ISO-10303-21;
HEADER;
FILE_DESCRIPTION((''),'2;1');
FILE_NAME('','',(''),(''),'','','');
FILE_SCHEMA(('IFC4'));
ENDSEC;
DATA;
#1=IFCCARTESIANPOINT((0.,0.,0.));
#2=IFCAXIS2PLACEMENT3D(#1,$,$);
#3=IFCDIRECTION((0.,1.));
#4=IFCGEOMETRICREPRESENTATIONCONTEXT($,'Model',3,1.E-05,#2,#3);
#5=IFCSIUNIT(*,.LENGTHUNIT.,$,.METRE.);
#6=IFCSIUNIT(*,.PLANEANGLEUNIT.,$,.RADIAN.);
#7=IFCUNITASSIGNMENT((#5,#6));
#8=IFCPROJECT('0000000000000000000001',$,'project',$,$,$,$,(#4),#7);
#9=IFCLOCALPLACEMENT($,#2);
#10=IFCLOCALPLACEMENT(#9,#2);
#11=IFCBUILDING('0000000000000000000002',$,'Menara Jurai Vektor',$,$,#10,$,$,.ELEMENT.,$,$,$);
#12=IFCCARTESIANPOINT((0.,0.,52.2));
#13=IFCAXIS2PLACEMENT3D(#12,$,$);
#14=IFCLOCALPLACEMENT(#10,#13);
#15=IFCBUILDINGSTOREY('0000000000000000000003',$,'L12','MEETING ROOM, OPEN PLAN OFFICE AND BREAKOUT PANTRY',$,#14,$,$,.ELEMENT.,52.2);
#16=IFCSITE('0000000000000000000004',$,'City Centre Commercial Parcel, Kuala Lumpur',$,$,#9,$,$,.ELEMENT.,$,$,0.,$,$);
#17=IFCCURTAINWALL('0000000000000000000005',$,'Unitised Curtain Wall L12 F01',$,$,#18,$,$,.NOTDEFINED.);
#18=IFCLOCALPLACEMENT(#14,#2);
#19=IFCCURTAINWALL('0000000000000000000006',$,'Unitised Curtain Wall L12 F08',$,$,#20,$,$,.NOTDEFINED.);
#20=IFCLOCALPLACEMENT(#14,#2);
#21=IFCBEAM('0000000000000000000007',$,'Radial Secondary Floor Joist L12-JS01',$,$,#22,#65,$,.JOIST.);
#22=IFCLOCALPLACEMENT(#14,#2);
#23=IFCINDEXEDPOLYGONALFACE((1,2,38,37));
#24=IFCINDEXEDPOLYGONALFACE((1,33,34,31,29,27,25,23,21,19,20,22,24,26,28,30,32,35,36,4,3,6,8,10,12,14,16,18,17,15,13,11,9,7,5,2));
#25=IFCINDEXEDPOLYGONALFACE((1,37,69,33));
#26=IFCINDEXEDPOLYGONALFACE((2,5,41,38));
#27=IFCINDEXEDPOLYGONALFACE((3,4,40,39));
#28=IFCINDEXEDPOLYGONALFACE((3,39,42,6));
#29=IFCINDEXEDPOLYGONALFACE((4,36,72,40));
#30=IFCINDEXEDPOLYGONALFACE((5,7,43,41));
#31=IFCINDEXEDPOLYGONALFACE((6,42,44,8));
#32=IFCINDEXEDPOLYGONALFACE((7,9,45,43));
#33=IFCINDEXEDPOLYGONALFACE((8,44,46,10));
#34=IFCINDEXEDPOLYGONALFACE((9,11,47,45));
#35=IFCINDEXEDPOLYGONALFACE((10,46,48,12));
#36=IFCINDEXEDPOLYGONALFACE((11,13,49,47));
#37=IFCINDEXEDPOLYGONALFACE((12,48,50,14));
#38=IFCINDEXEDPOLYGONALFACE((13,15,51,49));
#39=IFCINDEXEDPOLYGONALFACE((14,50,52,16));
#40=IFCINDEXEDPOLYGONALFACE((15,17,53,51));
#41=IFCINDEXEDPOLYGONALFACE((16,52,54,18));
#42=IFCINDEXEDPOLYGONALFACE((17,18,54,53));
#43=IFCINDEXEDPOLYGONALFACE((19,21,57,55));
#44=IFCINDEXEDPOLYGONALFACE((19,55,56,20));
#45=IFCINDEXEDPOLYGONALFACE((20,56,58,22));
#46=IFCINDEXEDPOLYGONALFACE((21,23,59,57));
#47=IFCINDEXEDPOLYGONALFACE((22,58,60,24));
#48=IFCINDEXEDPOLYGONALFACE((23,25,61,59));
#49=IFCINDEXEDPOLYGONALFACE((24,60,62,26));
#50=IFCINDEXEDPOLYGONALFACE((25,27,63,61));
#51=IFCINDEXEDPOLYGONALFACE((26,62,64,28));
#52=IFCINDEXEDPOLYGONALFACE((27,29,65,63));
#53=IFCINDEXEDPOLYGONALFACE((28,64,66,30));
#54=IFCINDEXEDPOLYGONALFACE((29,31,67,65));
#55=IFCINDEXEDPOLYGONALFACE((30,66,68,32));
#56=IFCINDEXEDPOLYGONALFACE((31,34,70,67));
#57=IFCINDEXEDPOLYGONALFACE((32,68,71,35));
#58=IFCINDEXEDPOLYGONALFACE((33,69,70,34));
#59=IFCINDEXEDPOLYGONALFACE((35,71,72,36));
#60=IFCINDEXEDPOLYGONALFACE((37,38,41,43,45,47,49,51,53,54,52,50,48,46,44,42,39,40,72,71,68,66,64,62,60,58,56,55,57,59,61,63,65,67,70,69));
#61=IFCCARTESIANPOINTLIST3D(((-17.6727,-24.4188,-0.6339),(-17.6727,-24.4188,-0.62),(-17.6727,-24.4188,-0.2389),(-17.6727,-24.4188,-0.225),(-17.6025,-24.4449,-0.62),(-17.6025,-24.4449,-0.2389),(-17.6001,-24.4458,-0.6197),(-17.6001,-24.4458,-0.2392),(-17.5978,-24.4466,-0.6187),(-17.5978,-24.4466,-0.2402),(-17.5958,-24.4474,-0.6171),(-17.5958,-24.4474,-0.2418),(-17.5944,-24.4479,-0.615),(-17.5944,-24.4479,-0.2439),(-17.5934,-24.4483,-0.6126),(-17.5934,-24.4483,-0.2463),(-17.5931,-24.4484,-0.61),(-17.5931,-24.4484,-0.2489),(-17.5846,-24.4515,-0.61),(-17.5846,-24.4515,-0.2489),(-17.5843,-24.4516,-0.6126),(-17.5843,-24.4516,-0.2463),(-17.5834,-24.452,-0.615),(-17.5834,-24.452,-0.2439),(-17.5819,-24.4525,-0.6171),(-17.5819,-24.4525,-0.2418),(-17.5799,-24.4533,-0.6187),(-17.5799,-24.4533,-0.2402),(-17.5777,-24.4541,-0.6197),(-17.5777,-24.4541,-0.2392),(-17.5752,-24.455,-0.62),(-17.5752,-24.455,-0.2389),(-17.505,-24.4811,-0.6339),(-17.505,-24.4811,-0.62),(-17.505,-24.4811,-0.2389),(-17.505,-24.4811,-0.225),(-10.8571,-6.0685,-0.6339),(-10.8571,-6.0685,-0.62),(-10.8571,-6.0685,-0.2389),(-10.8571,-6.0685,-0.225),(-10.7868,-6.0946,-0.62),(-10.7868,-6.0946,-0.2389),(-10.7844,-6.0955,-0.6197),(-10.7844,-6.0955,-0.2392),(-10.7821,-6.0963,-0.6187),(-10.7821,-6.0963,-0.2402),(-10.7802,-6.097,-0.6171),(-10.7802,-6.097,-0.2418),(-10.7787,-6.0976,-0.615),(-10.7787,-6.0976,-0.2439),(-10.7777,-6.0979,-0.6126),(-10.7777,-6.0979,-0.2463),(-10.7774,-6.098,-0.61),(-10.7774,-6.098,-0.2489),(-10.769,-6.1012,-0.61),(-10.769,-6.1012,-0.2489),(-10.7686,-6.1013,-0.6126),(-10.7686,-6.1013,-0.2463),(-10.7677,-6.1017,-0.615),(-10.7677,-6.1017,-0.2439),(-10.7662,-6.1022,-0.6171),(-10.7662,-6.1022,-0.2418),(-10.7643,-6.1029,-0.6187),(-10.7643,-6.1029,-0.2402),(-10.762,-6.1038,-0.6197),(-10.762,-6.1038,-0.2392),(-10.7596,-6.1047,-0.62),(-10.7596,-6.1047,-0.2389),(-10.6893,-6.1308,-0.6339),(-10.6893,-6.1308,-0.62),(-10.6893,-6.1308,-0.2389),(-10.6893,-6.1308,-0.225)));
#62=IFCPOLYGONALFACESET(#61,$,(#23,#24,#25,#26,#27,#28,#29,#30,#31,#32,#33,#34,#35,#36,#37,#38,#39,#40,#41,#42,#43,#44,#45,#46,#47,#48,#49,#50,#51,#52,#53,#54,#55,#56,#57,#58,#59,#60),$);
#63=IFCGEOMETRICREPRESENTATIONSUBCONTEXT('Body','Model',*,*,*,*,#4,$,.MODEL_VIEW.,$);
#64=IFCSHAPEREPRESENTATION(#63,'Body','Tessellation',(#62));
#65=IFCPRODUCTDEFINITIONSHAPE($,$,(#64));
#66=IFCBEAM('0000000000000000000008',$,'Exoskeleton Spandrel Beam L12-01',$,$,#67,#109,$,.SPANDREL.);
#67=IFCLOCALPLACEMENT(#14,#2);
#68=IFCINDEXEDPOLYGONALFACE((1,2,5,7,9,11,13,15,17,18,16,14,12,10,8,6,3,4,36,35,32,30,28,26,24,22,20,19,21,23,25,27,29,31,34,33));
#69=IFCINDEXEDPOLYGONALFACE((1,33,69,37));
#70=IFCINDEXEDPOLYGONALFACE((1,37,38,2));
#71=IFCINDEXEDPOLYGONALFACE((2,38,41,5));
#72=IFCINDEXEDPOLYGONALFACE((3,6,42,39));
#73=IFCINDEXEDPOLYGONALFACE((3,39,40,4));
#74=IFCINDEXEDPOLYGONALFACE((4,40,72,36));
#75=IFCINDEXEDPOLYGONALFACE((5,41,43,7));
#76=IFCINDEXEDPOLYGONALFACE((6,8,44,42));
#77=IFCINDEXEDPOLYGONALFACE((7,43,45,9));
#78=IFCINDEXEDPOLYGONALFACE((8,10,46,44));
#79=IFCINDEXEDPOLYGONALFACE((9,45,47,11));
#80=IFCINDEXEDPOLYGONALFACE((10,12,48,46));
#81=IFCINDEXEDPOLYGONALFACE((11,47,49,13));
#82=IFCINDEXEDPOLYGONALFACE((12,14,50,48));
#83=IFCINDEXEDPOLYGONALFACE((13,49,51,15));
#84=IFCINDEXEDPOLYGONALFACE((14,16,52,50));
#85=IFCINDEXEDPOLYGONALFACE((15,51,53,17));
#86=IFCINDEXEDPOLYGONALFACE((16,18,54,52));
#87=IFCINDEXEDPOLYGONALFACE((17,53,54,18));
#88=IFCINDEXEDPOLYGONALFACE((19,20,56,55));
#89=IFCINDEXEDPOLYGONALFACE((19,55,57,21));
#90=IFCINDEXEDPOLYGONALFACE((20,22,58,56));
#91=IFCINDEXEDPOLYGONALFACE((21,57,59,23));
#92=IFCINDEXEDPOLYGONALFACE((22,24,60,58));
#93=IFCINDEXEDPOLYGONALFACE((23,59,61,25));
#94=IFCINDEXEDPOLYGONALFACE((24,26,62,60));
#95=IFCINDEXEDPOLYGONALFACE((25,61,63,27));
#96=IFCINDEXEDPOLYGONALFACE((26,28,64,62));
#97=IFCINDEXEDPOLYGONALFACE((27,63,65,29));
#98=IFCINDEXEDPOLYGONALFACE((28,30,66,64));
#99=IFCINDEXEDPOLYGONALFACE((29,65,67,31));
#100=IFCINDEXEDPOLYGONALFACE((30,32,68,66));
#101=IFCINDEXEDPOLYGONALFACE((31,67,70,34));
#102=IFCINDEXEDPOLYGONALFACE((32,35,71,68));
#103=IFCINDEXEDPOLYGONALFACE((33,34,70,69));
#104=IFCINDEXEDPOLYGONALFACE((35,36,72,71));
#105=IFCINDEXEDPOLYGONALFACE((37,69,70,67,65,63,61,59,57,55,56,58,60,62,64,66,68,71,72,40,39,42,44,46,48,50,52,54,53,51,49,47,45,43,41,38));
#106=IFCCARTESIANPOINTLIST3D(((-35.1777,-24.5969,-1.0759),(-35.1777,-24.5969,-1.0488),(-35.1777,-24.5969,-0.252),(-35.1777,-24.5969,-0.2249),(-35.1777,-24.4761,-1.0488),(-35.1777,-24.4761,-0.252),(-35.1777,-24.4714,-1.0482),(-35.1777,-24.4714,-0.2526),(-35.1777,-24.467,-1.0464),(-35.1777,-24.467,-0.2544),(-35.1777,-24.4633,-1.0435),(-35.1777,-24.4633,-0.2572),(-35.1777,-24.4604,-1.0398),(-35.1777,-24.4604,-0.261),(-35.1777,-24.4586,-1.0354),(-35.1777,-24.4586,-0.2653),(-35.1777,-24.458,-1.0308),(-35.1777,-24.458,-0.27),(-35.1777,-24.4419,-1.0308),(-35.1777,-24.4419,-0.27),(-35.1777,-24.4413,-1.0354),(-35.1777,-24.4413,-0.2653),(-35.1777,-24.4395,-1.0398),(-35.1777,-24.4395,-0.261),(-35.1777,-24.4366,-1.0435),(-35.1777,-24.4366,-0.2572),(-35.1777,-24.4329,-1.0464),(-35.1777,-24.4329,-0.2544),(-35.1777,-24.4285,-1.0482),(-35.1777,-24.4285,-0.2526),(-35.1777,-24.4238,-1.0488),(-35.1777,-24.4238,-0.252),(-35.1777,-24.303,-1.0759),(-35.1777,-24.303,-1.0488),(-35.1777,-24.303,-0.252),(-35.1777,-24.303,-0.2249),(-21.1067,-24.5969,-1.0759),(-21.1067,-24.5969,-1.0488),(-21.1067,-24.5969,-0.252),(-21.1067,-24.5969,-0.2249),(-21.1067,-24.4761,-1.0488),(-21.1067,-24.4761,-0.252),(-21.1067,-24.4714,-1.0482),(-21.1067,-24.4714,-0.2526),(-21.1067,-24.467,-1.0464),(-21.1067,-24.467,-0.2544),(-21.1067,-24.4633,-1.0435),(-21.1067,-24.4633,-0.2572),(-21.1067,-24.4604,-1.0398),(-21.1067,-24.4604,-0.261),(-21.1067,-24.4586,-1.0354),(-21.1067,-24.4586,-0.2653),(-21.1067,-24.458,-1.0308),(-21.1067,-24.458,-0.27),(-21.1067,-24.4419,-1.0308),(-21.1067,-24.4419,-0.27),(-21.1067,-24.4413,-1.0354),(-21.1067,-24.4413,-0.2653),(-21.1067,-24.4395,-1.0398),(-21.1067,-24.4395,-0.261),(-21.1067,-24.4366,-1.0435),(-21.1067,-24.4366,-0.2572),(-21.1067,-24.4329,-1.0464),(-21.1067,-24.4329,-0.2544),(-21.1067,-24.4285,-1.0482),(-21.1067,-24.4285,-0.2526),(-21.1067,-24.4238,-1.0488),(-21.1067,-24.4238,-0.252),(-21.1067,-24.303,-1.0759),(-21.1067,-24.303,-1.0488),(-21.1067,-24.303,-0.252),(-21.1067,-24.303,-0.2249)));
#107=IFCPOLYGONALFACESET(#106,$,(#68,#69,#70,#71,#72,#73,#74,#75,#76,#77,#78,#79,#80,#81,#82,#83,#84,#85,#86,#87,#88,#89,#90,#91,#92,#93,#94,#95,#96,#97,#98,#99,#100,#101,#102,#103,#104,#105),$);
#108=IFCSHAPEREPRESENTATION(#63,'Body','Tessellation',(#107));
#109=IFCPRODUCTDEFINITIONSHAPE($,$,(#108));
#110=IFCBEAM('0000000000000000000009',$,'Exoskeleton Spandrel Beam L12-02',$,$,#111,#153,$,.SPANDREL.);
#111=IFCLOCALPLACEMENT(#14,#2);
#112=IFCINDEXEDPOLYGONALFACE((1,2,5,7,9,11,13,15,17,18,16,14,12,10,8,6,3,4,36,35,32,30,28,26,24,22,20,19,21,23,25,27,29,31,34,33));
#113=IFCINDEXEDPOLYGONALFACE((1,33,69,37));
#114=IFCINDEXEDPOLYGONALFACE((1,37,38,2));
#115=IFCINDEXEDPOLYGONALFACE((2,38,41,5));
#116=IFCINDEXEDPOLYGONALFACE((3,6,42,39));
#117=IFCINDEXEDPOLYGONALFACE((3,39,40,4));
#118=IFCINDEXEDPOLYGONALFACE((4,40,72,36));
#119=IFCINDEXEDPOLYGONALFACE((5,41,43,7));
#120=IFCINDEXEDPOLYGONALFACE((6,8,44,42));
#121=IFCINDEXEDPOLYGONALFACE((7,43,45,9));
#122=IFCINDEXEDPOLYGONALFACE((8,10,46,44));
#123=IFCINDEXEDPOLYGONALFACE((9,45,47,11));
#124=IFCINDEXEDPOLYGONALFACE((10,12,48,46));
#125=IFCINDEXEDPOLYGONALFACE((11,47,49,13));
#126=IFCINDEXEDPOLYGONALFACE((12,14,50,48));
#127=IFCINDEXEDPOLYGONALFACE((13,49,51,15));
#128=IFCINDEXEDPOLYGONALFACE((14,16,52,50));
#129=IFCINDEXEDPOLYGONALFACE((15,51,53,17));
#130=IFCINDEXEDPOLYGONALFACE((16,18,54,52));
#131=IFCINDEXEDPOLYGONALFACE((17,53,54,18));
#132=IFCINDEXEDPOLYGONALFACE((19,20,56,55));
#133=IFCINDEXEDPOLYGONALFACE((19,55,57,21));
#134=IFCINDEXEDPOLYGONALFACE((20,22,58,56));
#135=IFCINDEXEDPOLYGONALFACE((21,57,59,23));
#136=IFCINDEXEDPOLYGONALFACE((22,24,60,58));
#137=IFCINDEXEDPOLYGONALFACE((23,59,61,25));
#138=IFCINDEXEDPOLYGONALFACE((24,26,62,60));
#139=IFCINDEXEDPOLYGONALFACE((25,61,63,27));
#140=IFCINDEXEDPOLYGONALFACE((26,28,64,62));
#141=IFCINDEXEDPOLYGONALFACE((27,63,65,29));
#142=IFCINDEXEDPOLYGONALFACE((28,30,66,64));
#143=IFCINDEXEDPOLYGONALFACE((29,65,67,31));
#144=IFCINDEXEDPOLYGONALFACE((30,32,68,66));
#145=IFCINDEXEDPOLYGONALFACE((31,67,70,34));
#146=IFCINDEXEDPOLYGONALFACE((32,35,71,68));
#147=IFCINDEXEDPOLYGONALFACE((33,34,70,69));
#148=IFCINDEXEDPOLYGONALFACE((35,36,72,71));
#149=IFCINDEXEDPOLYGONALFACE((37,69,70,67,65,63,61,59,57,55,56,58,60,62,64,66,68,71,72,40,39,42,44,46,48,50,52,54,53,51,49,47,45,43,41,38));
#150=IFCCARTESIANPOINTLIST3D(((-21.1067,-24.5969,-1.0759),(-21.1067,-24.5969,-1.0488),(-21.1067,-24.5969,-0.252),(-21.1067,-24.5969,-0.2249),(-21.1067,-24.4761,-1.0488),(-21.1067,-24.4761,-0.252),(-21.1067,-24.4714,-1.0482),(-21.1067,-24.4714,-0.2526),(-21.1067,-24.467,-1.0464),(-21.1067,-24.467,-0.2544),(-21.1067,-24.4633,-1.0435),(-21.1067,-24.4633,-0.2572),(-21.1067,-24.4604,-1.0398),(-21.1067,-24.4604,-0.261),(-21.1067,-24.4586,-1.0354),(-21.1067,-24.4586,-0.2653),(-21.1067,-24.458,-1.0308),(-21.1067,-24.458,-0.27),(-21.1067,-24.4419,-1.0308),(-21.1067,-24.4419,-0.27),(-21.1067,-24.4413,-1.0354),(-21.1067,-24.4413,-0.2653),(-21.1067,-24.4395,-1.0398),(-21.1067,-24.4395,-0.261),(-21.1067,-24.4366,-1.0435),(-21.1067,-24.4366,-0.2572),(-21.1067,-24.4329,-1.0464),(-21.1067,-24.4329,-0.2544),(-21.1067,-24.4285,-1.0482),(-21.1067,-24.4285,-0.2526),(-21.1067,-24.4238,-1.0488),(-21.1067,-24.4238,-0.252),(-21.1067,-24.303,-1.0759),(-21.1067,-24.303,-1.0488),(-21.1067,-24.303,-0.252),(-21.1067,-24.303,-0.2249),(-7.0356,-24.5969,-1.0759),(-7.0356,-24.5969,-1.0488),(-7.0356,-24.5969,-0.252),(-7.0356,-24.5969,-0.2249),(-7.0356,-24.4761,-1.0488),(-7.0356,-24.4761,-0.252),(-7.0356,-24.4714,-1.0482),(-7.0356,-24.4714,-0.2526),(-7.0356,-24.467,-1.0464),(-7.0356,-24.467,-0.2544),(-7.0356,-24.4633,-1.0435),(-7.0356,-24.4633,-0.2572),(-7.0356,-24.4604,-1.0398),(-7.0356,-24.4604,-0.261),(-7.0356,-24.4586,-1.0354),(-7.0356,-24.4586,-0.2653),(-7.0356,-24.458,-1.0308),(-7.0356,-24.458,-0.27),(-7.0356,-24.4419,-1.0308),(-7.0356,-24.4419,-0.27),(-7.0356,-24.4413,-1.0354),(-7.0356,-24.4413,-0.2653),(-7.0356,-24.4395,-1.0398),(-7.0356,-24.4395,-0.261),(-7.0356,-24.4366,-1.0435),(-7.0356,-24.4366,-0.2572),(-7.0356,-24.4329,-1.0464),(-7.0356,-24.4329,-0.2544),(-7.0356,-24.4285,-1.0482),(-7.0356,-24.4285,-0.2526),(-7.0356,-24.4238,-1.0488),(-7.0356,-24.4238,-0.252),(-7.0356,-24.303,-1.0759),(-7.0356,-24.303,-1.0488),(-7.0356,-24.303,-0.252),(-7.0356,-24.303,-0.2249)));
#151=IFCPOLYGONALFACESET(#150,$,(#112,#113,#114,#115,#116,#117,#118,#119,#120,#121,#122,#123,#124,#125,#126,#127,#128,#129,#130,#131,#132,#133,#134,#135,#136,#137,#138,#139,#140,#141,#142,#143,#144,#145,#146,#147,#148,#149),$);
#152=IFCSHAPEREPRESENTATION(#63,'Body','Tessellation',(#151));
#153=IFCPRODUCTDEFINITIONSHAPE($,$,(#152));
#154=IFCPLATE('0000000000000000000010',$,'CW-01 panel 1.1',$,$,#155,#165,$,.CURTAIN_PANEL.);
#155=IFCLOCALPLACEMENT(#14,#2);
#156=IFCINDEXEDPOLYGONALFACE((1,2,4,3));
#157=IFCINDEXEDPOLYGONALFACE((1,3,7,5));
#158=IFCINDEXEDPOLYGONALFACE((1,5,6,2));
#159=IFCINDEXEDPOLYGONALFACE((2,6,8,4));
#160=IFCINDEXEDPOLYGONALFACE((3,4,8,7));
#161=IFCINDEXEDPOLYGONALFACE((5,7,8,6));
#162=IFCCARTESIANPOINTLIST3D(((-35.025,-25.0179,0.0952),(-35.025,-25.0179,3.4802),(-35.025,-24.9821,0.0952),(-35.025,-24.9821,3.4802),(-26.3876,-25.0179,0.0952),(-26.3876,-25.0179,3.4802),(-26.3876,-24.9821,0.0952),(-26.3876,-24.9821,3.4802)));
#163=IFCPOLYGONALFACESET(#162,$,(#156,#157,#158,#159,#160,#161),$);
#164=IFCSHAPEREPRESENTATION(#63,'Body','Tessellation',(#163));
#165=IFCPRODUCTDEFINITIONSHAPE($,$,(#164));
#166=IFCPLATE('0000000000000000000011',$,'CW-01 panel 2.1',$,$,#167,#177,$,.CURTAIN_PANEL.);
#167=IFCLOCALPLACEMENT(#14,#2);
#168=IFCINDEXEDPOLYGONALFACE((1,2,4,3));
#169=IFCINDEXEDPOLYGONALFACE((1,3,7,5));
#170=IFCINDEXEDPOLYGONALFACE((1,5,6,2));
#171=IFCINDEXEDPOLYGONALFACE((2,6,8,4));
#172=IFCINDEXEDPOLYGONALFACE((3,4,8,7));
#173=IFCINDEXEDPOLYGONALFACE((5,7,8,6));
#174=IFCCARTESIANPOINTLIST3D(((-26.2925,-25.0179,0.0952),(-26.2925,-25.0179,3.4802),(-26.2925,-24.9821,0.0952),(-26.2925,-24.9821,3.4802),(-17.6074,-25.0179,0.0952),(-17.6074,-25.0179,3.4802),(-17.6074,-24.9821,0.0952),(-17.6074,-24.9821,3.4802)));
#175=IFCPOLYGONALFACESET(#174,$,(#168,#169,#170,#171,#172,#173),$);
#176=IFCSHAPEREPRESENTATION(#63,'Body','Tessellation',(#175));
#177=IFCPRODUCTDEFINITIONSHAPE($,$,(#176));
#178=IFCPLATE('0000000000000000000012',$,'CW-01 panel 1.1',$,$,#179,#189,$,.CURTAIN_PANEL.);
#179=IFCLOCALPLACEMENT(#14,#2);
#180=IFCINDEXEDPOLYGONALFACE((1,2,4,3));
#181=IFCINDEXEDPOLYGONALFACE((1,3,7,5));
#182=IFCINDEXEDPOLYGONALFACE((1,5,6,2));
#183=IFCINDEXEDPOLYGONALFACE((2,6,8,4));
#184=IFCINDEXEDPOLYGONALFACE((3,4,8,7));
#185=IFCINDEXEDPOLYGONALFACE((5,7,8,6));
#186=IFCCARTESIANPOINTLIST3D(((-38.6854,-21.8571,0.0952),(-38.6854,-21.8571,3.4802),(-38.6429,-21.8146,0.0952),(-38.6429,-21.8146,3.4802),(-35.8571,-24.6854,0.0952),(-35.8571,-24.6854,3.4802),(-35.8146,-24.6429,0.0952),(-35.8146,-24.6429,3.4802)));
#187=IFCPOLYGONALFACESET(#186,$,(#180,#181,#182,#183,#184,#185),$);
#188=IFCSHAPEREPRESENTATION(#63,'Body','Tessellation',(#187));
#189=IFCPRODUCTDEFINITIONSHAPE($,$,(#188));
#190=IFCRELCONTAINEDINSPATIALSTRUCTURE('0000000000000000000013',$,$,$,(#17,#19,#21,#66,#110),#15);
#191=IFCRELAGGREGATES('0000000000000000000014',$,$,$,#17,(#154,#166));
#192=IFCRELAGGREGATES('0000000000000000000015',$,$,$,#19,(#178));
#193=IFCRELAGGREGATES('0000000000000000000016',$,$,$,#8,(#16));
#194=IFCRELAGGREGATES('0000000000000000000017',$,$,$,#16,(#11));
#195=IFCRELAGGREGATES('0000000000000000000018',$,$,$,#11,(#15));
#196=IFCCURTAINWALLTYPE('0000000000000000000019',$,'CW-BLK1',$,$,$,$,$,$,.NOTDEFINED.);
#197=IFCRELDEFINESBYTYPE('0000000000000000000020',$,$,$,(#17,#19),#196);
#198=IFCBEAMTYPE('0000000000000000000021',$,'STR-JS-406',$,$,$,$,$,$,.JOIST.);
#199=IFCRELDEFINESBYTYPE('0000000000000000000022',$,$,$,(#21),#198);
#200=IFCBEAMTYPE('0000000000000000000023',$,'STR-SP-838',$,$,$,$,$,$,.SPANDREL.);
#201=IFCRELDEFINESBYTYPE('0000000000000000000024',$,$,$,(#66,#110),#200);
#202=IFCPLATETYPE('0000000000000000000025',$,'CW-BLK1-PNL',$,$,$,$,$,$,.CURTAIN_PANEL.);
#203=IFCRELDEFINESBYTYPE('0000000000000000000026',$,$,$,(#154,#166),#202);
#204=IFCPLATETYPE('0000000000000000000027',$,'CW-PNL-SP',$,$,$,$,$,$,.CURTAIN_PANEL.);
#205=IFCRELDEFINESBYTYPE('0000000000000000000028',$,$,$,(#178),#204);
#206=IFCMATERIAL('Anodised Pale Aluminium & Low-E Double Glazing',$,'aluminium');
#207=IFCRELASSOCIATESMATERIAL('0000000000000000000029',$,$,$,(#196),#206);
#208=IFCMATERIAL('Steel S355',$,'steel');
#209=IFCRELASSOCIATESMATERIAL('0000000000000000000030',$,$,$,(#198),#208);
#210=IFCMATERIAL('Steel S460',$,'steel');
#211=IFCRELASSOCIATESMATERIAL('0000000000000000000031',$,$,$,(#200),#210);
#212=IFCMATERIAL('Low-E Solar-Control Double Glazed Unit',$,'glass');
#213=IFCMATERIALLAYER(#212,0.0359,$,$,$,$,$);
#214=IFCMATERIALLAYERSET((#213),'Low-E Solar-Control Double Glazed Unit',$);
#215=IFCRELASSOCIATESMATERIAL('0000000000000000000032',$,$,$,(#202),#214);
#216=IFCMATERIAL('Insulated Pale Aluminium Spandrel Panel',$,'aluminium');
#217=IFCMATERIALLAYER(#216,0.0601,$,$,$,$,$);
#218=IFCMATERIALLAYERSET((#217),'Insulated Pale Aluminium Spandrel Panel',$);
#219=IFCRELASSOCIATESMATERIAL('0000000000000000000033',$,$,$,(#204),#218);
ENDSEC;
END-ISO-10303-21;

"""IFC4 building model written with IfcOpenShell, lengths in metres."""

from ifc_helpers import new_model, si_unit, direction, frame, origin, origin_2d, place, context, subcontext, project, spatial, rectangle, i_section, extrude, material, layer, layer_set, material_profile, profile_set, type_object, element, aggregate, save


model = new_model("IFC4")

# Units and contexts
model_context = context("Model", 3, precision=1e-05, world=origin(), true_north=direction((0.0, 1.0)))
body_context = subcontext(model_context, "Body", "Model", "MODEL_VIEW")
ifc_project = project(units=[si_unit("LENGTHUNIT", "METRE"), si_unit("PLANEANGLEUNIT", "RADIAN")], contexts=[model_context])

# Site, building, storey
site_placement = place(None, origin())
site = spatial("IfcSite", under=ifc_project, at=site_placement, Name="City Centre Commercial Parcel, Kuala Lumpur", CompositionType="ELEMENT", RefElevation=0.0)
building_placement = place(site_placement, origin())
building = spatial("IfcBuilding", under=site, at=building_placement, Name="Menara Jurai Vektor", CompositionType="ELEMENT")
storey_placement = place(building_placement, frame((0.0, 0.0, 52.2)))
storey = spatial("IfcBuildingStorey", under=building, at=storey_placement, Name="L12", Description="MEETING ROOM, OPEN PLAN OFFICE AND BREAKOUT PANTRY", CompositionType="ELEMENT", Elevation=52.2)

# Shared definitions
ifc_material_1 = material(Name="Steel S460", Category="steel")

# Curtain wall
ifc_material_2 = material(Name="Anodised Pale Aluminium & Low-E Double Glazing", Category="aluminium")
curtain_wall_type = type_object("IfcCurtainWallType", Name="CW-BLK1", PredefinedType="NOTDEFINED", material=ifc_material_2)
curtain_wall_1_placement = place(storey_placement, origin())
curtain_wall_1 = element("IfcCurtainWall", 1, at=curtain_wall_1_placement, inside=storey, type_object=curtain_wall_type, Name="Unitised Curtain Wall L12 F01", PredefinedType="NOTDEFINED")

# Curtain wall
curtain_wall_2_placement = place(storey_placement, origin())
curtain_wall_2 = element("IfcCurtainWall", 2, at=curtain_wall_2_placement, inside=storey, type_object=curtain_wall_type, Name="Unitised Curtain Wall L12 F08", PredefinedType="NOTDEFINED")

# Beams
ifc_material_3 = material(Name="Steel S355", Category="steel")
ifc_material_profile_1 = material_profile(ifc_material_3, i_section(OverallWidth=0.179, OverallDepth=0.4089, WebThickness=0.009, FlangeThickness=0.0139, FilletRadius=0.01, at=origin_2d()), Name="UKB 406x178x67")
ifc_profile_set_1 = profile_set([ifc_material_profile_1], Name="Steel S355")
beam_type_1 = type_object("IfcBeamType", Name="STR-JS-406", PredefinedType="JOIST", material=ifc_profile_set_1)
beam_1_placement = place(storey_placement, frame((-17.5889, -24.45, -0.4294), z_axis=(0.348179, 0.937428, 0.0), x_axis=(-0.937428, 0.348179, 0.0)))
element("IfcBeam", 3, at=beam_1_placement, inside=storey, type_object=beam_type_1, Name="Radial Secondary Floor Joist L12-JS01", PredefinedType="JOIST", context=body_context, shape_type="SweptSolid", body=[
    extrude(i_section(OverallWidth=0.179, OverallDepth=0.4089, WebThickness=0.009, FlangeThickness=0.0139, FilletRadius=0.01, at=origin_2d()), origin(), (0.0, 0.0, 1.0), 19.5752),
])
ifc_material_profile_2 = material_profile(ifc_material_1, i_section(OverallWidth=0.2939, OverallDepth=0.8511, WebThickness=0.0161, FlangeThickness=0.0271, FilletRadius=0.0181, at=origin_2d()), Name="UKB 838x292x226")
ifc_profile_set_2 = profile_set([ifc_material_profile_2], Name="Steel S460")
beam_type_2 = type_object("IfcBeamType", Name="STR-SP-838", PredefinedType="SPANDREL", material=ifc_profile_set_2)
for number, where, z_axis, x_axis, name in (
    (4, (-35.1777, -24.45, -0.6504), (1.0, 0.0, 0.0), (0.0, 1.0, 0.0), "Exoskeleton Spandrel Beam L12-01"),
    (5, (-21.1067, -24.45, -0.6504), (1.0, 0.0, 0.0), (0.0, 1.0, 0.0), "Exoskeleton Spandrel Beam L12-02"),
):
    element("IfcBeam", number, at=place(storey_placement, frame(where, z_axis=z_axis, x_axis=x_axis)), inside=storey, type_object=beam_type_2, Name=name, PredefinedType="SPANDREL", context=body_context, shape_type="SweptSolid", body=[
        extrude(i_section(OverallWidth=0.2939, OverallDepth=0.8511, WebThickness=0.0161, FlangeThickness=0.0271, FilletRadius=0.0181, at=origin_2d()), origin(), (0.0, 0.0, 1.0), 14.071),
    ])

# Plates
ifc_material_4 = material(Name="Low-E Solar-Control Double Glazed Unit", Category="glass")
ifc_layer_1 = layer(ifc_material_4, 0.0359)
ifc_layer_set_1 = layer_set([ifc_layer_1], Name="Low-E Solar-Control Double Glazed Unit")
plate_type_1 = type_object("IfcPlateType", Name="CW-BLK1-PNL", PredefinedType="CURTAIN_PANEL", material=ifc_layer_set_1)
plate_1_placement = place(storey_placement, frame((-30.7063, -25.0, 0.0952), z_axis=(0.0, 0.0, 1.0), x_axis=(1.0, 0.0, 0.0)))
plate_1 = element("IfcPlate", 6, at=plate_1_placement, type_object=plate_type_1, Name="CW-01 panel 1.1", PredefinedType="CURTAIN_PANEL", context=body_context, shape_type="SweptSolid", body=[
    extrude(rectangle(XDim=8.6375, YDim=0.0359, at=origin_2d()), origin(), (0.0, 0.0, 1.0), 3.385),
])
plate_2_placement = place(storey_placement, frame((-21.95, -25.0, 0.0952), z_axis=(0.0, 0.0, 1.0), x_axis=(1.0, 0.0, 0.0)))
plate_2 = element("IfcPlate", 7, at=plate_2_placement, type_object=plate_type_1, Name="CW-01 panel 2.1", PredefinedType="CURTAIN_PANEL", context=body_context, shape_type="SweptSolid", body=[
    extrude(rectangle(XDim=8.6851, YDim=0.0359, at=origin_2d()), origin(), (0.0, 0.0, 1.0), 3.385),
])
aggregate(curtain_wall_1, [plate_1, plate_2])
ifc_material_5 = material(Name="Insulated Pale Aluminium Spandrel Panel", Category="aluminium")
ifc_layer_2 = layer(ifc_material_5, 0.0601)
ifc_layer_set_2 = layer_set([ifc_layer_2], Name="Insulated Pale Aluminium Spandrel Panel")
plate_type_2 = type_object("IfcPlateType", Name="CW-PNL-SP", PredefinedType="CURTAIN_PANEL", material=ifc_layer_set_2)
plate_3_placement = place(storey_placement, frame((-37.25, -23.25, 0.0952), z_axis=(0.0, 0.0, 1.0), x_axis=(0.707107, -0.707107, 0.0)))
plate_3 = element("IfcPlate", 8, at=plate_3_placement, type_object=plate_type_2, Name="CW-01 panel 1.1", PredefinedType="CURTAIN_PANEL", context=body_context, shape_type="SweptSolid", body=[
    extrude(rectangle(XDim=3.9998, YDim=0.0601, at=origin_2d()), origin(), (0.0, 0.0, 1.0), 3.385),
])
aggregate(curtain_wall_2, [plate_3])

save(model, "model.ifc")
